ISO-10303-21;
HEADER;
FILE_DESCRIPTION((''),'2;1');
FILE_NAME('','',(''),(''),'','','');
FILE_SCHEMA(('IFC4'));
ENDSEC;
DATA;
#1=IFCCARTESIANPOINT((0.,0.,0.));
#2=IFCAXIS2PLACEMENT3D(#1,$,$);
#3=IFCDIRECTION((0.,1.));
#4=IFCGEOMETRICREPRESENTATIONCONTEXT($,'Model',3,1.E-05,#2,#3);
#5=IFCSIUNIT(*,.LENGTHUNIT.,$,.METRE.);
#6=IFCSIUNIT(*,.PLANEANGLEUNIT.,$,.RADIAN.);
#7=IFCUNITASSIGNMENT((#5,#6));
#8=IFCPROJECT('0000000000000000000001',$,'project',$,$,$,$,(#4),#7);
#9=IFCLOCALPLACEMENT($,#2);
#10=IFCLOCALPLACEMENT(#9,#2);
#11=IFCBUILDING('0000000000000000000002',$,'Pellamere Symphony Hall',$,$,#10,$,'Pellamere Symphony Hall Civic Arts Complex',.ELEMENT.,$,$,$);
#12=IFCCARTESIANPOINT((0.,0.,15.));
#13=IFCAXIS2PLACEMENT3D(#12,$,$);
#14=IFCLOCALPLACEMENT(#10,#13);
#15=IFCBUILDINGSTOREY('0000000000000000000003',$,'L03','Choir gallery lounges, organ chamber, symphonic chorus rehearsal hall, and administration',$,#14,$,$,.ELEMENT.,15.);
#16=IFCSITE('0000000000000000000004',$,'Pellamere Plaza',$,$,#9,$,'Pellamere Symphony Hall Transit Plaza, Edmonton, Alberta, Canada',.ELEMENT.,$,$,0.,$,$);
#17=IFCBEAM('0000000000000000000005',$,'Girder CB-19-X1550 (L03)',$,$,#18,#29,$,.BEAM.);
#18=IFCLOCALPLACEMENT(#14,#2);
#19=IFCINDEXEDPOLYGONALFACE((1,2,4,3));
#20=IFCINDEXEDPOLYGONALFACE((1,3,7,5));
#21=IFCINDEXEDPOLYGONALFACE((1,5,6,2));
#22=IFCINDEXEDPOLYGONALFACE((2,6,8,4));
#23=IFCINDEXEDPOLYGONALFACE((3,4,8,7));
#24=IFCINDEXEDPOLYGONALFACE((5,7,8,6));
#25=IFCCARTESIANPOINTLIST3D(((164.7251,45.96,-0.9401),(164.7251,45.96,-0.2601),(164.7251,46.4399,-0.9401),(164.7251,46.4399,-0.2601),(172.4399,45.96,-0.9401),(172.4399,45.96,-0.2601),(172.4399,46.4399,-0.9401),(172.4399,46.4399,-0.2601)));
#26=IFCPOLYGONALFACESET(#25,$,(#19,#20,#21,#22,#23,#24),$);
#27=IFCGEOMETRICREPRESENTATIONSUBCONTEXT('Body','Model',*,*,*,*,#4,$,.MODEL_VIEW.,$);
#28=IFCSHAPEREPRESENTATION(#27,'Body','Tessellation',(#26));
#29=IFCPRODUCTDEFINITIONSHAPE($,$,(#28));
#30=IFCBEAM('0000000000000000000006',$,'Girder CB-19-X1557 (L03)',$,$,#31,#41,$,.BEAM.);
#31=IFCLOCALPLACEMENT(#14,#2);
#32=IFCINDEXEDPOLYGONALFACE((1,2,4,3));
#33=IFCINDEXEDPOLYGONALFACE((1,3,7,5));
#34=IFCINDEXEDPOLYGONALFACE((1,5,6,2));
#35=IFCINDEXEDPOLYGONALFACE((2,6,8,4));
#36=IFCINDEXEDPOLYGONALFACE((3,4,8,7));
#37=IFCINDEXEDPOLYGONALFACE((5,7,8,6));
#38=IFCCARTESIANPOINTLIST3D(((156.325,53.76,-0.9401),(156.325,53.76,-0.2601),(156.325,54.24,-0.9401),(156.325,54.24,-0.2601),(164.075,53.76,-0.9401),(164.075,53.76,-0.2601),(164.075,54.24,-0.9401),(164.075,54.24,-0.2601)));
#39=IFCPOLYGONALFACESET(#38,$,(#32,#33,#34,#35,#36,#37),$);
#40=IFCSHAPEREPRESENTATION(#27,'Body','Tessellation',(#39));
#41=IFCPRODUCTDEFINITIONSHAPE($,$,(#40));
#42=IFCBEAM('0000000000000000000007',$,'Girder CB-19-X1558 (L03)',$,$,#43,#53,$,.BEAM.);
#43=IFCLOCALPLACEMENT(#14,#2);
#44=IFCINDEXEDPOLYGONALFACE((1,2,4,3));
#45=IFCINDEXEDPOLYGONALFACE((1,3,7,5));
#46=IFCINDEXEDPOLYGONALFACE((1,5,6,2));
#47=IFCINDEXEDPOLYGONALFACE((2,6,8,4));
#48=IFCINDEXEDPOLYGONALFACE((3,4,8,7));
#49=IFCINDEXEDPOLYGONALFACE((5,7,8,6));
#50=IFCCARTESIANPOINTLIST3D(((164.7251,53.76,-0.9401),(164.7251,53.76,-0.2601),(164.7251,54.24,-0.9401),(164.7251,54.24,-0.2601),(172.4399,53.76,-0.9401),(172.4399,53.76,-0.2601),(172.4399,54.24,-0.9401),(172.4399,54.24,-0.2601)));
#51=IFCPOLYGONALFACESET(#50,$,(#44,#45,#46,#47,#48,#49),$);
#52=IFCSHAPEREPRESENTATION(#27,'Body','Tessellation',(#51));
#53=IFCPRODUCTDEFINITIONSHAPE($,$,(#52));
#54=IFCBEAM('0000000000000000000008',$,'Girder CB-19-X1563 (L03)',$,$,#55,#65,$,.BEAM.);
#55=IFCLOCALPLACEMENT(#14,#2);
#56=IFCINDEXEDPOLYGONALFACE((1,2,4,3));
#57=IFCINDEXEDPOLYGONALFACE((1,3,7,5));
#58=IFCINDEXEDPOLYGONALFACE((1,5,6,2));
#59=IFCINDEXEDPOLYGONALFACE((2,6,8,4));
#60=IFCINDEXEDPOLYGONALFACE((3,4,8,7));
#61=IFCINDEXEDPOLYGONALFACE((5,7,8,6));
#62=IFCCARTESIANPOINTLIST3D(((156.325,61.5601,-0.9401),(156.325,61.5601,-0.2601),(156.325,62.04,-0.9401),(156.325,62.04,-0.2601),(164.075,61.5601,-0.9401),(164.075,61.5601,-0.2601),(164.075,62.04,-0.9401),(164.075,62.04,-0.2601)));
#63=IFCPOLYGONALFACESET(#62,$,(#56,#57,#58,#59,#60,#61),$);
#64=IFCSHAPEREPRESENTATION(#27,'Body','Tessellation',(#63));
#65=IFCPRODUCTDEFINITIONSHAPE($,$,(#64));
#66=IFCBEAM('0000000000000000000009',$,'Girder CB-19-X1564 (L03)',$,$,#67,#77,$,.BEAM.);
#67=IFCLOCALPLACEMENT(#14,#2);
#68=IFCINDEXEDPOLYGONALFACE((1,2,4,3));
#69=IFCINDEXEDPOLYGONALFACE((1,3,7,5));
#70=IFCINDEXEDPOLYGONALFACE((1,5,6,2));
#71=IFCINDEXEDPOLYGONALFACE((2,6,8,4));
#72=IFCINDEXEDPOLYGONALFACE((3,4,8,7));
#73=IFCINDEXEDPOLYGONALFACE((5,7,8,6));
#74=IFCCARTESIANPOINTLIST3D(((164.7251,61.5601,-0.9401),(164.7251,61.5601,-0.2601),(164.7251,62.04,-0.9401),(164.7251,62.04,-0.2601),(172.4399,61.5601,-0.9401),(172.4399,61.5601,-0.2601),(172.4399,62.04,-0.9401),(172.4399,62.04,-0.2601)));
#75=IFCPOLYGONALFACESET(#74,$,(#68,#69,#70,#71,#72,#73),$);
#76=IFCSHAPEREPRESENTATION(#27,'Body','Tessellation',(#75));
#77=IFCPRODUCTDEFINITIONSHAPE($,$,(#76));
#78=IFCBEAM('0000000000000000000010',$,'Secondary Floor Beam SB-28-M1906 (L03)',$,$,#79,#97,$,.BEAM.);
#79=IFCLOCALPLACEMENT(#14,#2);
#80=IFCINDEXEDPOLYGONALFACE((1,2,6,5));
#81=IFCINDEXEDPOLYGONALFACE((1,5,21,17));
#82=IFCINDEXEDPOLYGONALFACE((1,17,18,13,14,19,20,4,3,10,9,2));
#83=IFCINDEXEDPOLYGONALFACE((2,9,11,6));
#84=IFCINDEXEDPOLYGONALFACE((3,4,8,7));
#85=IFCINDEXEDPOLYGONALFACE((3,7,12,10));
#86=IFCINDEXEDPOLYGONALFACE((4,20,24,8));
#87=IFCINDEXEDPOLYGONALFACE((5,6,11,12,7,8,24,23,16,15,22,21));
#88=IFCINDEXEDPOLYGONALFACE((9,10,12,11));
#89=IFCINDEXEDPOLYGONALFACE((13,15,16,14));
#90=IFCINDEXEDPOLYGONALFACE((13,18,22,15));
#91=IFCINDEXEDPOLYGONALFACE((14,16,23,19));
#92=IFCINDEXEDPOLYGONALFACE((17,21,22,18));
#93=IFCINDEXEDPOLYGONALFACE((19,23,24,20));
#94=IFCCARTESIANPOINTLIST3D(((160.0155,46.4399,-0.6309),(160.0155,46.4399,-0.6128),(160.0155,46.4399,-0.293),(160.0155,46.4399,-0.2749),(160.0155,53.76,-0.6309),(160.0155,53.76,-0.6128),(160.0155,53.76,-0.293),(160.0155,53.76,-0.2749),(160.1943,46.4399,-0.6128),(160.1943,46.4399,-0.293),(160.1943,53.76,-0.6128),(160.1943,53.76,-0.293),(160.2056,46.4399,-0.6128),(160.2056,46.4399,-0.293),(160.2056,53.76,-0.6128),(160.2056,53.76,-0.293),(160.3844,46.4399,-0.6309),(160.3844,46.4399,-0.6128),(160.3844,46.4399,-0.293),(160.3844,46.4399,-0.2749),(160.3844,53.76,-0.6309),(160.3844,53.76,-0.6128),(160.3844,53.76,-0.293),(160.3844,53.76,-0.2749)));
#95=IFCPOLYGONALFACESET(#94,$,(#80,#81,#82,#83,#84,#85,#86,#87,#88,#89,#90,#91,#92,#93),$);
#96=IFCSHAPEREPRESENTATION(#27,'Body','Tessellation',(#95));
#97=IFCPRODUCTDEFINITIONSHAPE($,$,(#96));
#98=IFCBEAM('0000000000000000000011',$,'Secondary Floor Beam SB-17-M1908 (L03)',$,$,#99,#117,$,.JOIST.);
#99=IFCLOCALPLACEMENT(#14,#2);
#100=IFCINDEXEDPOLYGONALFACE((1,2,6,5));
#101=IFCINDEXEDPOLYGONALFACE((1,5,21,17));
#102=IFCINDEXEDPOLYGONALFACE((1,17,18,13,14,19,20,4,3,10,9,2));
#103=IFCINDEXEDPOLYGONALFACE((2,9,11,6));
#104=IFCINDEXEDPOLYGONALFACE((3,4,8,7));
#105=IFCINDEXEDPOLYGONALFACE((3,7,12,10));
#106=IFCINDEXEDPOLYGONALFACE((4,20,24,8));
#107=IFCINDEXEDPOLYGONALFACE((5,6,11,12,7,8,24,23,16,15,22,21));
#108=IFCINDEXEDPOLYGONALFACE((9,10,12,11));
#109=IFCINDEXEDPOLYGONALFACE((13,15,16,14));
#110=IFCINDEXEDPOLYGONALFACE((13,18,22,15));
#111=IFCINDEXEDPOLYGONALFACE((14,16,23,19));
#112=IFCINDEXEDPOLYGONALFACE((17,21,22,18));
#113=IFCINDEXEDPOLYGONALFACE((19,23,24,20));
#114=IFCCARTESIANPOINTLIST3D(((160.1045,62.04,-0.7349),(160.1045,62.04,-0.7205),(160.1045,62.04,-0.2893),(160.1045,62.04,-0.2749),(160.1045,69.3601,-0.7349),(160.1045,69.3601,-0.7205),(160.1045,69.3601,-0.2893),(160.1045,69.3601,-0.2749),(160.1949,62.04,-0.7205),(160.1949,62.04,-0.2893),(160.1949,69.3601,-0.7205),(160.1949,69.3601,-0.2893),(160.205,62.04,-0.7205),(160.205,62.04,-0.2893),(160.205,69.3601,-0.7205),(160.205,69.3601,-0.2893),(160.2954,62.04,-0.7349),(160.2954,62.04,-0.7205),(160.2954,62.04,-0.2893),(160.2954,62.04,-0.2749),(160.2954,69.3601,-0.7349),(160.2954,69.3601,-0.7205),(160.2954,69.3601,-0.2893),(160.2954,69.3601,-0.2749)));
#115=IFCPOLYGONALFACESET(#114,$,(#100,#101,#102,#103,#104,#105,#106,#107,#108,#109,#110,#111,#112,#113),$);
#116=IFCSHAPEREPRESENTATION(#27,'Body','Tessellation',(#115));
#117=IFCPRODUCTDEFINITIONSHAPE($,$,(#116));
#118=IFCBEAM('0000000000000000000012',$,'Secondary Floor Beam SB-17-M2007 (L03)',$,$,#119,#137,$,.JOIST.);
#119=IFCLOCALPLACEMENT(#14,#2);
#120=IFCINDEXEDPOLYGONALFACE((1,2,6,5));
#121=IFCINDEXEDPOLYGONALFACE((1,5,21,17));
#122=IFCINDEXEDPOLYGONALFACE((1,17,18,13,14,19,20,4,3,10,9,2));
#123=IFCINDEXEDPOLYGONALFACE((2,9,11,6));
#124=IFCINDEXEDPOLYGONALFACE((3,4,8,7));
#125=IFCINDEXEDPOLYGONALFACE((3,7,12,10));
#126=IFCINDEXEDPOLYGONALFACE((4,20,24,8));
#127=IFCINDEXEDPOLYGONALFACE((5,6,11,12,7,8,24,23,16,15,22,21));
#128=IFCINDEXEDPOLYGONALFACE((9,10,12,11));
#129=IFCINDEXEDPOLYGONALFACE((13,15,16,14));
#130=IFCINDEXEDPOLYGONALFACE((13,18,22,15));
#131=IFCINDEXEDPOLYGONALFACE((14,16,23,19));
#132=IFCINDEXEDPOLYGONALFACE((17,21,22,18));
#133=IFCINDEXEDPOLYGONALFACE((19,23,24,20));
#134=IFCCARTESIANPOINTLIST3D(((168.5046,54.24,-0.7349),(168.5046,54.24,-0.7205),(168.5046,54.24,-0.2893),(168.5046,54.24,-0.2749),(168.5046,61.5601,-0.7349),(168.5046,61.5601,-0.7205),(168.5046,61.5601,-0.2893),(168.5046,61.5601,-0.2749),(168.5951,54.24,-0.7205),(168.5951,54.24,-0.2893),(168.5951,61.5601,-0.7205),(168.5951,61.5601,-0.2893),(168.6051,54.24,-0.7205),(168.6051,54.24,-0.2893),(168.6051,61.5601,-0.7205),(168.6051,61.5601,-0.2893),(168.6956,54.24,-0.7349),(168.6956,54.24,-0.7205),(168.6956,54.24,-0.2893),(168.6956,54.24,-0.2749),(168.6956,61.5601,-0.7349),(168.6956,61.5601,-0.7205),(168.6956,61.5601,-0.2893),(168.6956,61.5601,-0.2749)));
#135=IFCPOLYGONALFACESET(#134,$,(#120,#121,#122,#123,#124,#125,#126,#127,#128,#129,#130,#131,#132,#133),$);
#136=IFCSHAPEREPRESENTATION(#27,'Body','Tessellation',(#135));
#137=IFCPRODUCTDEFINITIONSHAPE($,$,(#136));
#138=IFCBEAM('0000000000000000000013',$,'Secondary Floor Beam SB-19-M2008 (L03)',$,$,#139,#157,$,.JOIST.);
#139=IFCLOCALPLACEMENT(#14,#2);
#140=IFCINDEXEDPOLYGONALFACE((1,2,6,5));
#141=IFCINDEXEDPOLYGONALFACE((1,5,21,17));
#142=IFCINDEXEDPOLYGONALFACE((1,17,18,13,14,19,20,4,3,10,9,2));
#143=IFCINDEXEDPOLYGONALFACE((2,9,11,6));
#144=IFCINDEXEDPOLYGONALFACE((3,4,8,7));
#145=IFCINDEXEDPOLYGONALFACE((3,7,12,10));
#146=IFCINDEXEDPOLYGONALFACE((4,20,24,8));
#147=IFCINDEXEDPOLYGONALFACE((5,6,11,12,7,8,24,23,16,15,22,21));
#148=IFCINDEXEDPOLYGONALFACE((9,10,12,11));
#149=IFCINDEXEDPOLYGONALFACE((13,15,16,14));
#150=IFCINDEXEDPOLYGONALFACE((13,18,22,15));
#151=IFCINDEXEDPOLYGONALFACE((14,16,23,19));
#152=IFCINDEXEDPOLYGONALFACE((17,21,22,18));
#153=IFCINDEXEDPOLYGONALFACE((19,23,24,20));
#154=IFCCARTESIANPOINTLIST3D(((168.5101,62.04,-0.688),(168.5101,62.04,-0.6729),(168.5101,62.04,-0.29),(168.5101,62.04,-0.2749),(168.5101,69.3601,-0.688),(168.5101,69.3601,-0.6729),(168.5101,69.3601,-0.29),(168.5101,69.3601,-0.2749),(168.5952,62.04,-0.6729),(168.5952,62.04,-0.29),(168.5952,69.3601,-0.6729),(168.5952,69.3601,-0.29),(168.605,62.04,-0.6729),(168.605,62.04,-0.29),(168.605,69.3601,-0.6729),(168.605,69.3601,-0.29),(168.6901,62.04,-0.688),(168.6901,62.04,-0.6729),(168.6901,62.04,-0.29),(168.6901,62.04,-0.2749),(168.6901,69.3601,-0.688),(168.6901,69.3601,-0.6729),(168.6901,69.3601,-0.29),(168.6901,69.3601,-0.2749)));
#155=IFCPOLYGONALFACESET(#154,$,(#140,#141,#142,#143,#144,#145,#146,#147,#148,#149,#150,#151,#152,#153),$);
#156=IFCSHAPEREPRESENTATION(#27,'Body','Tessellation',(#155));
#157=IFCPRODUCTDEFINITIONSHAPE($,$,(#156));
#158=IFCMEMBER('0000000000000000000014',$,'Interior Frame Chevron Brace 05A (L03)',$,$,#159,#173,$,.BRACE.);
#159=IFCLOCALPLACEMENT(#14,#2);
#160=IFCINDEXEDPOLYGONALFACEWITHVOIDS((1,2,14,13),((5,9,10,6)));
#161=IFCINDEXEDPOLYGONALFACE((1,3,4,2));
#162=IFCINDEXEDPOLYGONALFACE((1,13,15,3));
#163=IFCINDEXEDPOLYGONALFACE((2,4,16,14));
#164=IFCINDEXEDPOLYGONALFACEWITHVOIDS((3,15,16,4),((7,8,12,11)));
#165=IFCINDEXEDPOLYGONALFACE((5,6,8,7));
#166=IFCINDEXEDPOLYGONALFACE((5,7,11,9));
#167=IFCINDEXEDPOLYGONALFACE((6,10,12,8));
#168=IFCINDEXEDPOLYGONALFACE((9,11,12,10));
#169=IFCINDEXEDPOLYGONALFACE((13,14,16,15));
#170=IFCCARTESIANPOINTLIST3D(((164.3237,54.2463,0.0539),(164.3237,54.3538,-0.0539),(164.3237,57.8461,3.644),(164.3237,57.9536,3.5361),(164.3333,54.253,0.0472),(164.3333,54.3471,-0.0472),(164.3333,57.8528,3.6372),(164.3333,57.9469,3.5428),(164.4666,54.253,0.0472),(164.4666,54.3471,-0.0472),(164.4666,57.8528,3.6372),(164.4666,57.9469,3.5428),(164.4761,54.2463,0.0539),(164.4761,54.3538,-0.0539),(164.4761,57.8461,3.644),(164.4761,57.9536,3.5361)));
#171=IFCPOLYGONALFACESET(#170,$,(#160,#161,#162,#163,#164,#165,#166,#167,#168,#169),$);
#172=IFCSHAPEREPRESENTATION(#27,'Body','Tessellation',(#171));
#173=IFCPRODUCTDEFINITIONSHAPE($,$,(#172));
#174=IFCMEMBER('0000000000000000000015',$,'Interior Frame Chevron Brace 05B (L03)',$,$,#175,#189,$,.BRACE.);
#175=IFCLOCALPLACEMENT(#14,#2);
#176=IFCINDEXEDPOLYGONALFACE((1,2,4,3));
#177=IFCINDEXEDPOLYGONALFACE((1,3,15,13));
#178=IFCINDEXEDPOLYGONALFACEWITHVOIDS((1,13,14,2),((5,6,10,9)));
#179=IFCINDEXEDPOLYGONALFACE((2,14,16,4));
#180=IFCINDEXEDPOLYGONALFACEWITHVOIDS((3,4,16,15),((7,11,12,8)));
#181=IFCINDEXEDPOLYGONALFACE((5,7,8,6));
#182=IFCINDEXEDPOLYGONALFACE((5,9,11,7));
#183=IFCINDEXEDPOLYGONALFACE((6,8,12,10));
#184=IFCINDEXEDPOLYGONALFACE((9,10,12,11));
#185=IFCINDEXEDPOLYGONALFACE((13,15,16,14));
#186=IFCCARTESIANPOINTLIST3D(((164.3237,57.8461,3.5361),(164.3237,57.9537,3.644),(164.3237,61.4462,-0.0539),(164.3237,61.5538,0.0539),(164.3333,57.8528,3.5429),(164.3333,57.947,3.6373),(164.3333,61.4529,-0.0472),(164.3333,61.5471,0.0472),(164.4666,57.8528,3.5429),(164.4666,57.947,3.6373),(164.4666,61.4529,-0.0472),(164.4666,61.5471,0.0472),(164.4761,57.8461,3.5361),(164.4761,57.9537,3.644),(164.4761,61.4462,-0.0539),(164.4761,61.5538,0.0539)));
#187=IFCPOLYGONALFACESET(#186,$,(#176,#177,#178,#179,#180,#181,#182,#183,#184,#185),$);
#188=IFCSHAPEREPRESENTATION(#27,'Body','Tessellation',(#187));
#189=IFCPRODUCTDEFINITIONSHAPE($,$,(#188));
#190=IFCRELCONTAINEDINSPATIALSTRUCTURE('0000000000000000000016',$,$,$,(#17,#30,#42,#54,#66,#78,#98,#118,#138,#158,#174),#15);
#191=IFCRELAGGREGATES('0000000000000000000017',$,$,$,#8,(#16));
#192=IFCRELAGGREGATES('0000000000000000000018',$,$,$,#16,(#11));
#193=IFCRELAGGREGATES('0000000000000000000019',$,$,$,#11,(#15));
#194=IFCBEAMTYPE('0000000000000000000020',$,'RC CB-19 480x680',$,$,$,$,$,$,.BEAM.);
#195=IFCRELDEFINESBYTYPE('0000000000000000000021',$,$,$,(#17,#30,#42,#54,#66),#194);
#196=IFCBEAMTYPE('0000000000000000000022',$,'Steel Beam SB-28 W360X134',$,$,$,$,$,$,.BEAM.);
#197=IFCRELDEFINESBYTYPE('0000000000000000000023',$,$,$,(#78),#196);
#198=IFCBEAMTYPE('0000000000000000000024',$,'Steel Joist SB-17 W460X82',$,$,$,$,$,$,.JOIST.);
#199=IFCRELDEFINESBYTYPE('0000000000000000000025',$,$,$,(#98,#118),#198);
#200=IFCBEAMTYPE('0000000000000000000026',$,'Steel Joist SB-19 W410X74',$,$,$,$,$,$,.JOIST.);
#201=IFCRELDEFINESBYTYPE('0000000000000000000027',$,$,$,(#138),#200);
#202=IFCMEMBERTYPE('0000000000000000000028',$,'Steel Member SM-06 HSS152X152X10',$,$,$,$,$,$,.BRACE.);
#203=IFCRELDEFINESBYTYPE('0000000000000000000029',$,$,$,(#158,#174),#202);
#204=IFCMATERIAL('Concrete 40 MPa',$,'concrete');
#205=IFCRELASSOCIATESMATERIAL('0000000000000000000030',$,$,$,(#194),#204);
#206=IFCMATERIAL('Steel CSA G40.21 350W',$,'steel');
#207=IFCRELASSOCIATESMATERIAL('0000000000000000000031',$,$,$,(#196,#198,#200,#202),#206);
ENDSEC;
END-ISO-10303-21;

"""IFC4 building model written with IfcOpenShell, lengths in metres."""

from ifc_helpers import new_model, si_unit, direction, frame, origin, origin_2d, place, context, subcontext, project, spatial, rectangle, hollow_rectangle, i_section, extrude, material, material_profile, profile_set, type_object, element, save


model = new_model("IFC4")

# Units and contexts
model_context = context("Model", 3, precision=1e-05, world=origin(), true_north=direction((0.0, 1.0)))
body_context = subcontext(model_context, "Body", "Model", "MODEL_VIEW")
ifc_project = project(units=[si_unit("LENGTHUNIT", "METRE"), si_unit("PLANEANGLEUNIT", "RADIAN")], contexts=[model_context])

# Site, building, storey
site_placement = place(None, origin())
site = spatial("IfcSite", under=ifc_project, at=site_placement, Name="Pellamere Plaza", LongName="Pellamere Symphony Hall Transit Plaza, Edmonton, Alberta, Canada", CompositionType="ELEMENT", RefElevation=0.0)
building_placement = place(site_placement, origin())
building = spatial("IfcBuilding", under=site, at=building_placement, Name="Pellamere Symphony Hall", LongName="Pellamere Symphony Hall Civic Arts Complex", CompositionType="ELEMENT")
storey_placement = place(building_placement, frame((0.0, 0.0, 15.0)))
storey = spatial("IfcBuildingStorey", under=building, at=storey_placement, Name="L03", Description="Choir gallery lounges, organ chamber, symphonic chorus rehearsal hall, and administration", CompositionType="ELEMENT", Elevation=15.0)

# Shared definitions
ifc_material_1 = material(Name="Concrete 40 MPa", Category="concrete")

# Beams
ifc_material_profile_1 = material_profile(ifc_material_1, rectangle(XDim=0.48, YDim=0.6799, at=origin_2d()), Name="RC 480x680")
ifc_profile_set_1 = profile_set([ifc_material_profile_1], Name="Concrete 40 MPa")
beam_type_1 = type_object("IfcBeamType", Name="RC CB-19 480x680", PredefinedType="BEAM", material=ifc_profile_set_1)
beam_1_placement = place(storey_placement, frame((164.7251, 46.2, -0.6001), z_axis=(1.0, 0.0, 0.0), x_axis=(0.0, 1.0, 0.0)))
element("IfcBeam", 1, at=beam_1_placement, inside=storey, type_object=beam_type_1, Name="Girder CB-19-X1550 (L03)", PredefinedType="BEAM", context=body_context, shape_type="SweptSolid", body=[
    extrude(rectangle(XDim=0.48, YDim=0.6799, at=origin_2d()), origin(), (0.0, 0.0, 1.0), 7.7148),
])
beam_2_placement = place(storey_placement, frame((156.325, 54.0, -0.6001), z_axis=(1.0, 0.0, 0.0), x_axis=(0.0, 1.0, 0.0)))
element("IfcBeam", 2, at=beam_2_placement, inside=storey, type_object=beam_type_1, Name="Girder CB-19-X1557 (L03)", PredefinedType="BEAM", context=body_context, shape_type="SweptSolid", body=[
    extrude(rectangle(XDim=0.48, YDim=0.6799, at=origin_2d()), origin(), (0.0, 0.0, 1.0), 7.75),
])
beam_3_placement = place(storey_placement, frame((164.7251, 54.0, -0.6001), z_axis=(1.0, 0.0, 0.0), x_axis=(0.0, 1.0, 0.0)))
element("IfcBeam", 3, at=beam_3_placement, inside=storey, type_object=beam_type_1, Name="Girder CB-19-X1558 (L03)", PredefinedType="BEAM", context=body_context, shape_type="SweptSolid", body=[
    extrude(rectangle(XDim=0.48, YDim=0.6799, at=origin_2d()), origin(), (0.0, 0.0, 1.0), 7.7148),
])
beam_4_placement = place(storey_placement, frame((156.325, 61.8, -0.6001), z_axis=(1.0, 0.0, 0.0), x_axis=(0.0, 1.0, 0.0)))
element("IfcBeam", 4, at=beam_4_placement, inside=storey, type_object=beam_type_1, Name="Girder CB-19-X1563 (L03)", PredefinedType="BEAM", context=body_context, shape_type="SweptSolid", body=[
    extrude(rectangle(XDim=0.48, YDim=0.6799, at=origin_2d()), origin(), (0.0, 0.0, 1.0), 7.75),
])
beam_5_placement = place(storey_placement, frame((164.7251, 61.8, -0.6001), z_axis=(1.0, 0.0, 0.0), x_axis=(0.0, 1.0, 0.0)))
element("IfcBeam", 5, at=beam_5_placement, inside=storey, type_object=beam_type_1, Name="Girder CB-19-X1564 (L03)", PredefinedType="BEAM", context=body_context, shape_type="SweptSolid", body=[
    extrude(rectangle(XDim=0.48, YDim=0.6799, at=origin_2d()), origin(), (0.0, 0.0, 1.0), 7.7148),
])
ifc_material_2 = material(Name="Steel CSA G40.21 350W", Category="steel")
ifc_material_profile_2 = material_profile(ifc_material_2, i_section(OverallWidth=0.3689, OverallDepth=0.356, WebThickness=0.0112, FlangeThickness=0.0181, at=origin_2d()), Name="W360X134")
ifc_profile_set_2 = profile_set([ifc_material_profile_2], Name="Steel CSA G40.21 350W")
beam_type_2 = type_object("IfcBeamType", Name="Steel Beam SB-28 W360X134", PredefinedType="BEAM", material=ifc_profile_set_2)
beam_6_placement = place(storey_placement, frame((160.2, 46.4399, -0.4529), z_axis=(0.0, 1.0, 0.0), x_axis=(-1.0, 0.0, 0.0)))
element("IfcBeam", 6, at=beam_6_placement, inside=storey, type_object=beam_type_2, Name="Secondary Floor Beam SB-28-M1906 (L03)", PredefinedType="BEAM", context=body_context, shape_type="SweptSolid", body=[
    extrude(i_section(OverallWidth=0.3689, OverallDepth=0.356, WebThickness=0.0112, FlangeThickness=0.0181, at=origin_2d()), origin(), (0.0, 0.0, 1.0), 7.3201),
])
ifc_material_profile_3 = material_profile(ifc_material_2, i_section(OverallWidth=0.1909, OverallDepth=0.46, WebThickness=0.01, FlangeThickness=0.0144, at=origin_2d()), Name="W460X82")
ifc_profile_set_3 = profile_set([ifc_material_profile_3], Name="Steel CSA G40.21 350W")
beam_type_3 = type_object("IfcBeamType", Name="Steel Joist SB-17 W460X82", PredefinedType="JOIST", material=ifc_profile_set_3)
for number, where, z_axis, x_axis, name in (
    (7, (160.2, 62.04, -0.5049), (0.0, 1.0, 0.0), (-1.0, 0.0, 0.0), "Secondary Floor Beam SB-17-M1908 (L03)"),
    (8, (168.6001, 54.24, -0.5049), (0.0, 1.0, 0.0), (-1.0, 0.0, 0.0), "Secondary Floor Beam SB-17-M2007 (L03)"),
):
    element("IfcBeam", number, at=place(storey_placement, frame(where, z_axis=z_axis, x_axis=x_axis)), inside=storey, type_object=beam_type_3, Name=name, PredefinedType="JOIST", context=body_context, shape_type="SweptSolid", body=[
        extrude(i_section(OverallWidth=0.1909, OverallDepth=0.46, WebThickness=0.01, FlangeThickness=0.0144, at=origin_2d()), origin(), (0.0, 0.0, 1.0), 7.3201),
    ])
ifc_material_profile_4 = material_profile(ifc_material_2, i_section(OverallWidth=0.1799, OverallDepth=0.4131, WebThickness=0.0098, FlangeThickness=0.0151, at=origin_2d()), Name="W410X74")
ifc_profile_set_4 = profile_set([ifc_material_profile_4], Name="Steel CSA G40.21 350W")
beam_type_4 = type_object("IfcBeamType", Name="Steel Joist SB-19 W410X74", PredefinedType="JOIST", material=ifc_profile_set_4)
beam_7_placement = place(storey_placement, frame((168.6001, 62.04, -0.4814), z_axis=(0.0, 1.0, 0.0), x_axis=(-1.0, 0.0, 0.0)))
element("IfcBeam", 9, at=beam_7_placement, inside=storey, type_object=beam_type_4, Name="Secondary Floor Beam SB-19-M2008 (L03)", PredefinedType="JOIST", context=body_context, shape_type="SweptSolid", body=[
    extrude(i_section(OverallWidth=0.1799, OverallDepth=0.4131, WebThickness=0.0098, FlangeThickness=0.0151, at=origin_2d()), origin(), (0.0, 0.0, 1.0), 7.3201),
])

# Members
ifc_material_profile_5 = material_profile(ifc_material_2, hollow_rectangle(XDim=0.1523, YDim=0.1523, WallThickness=0.0095, at=origin_2d()), Name="HSS152X152X10")
ifc_profile_set_5 = profile_set([ifc_material_profile_5], Name="Steel CSA G40.21 350W")
member_type = type_object("IfcMemberType", Name="Steel Member SM-06 HSS152X152X10", PredefinedType="BRACE", material=ifc_profile_set_5)
member_1_placement = place(storey_placement, frame((164.3999, 54.3, 0.0), z_axis=(0.0, 0.708067, 0.706146), x_axis=(-1.0, 0.0, 0.0)))
element("IfcMember", 10, at=member_1_placement, inside=storey, type_object=member_type, Name="Interior Frame Chevron Brace 05A (L03)", PredefinedType="BRACE", context=body_context, shape_type="SweptSolid", body=[
    extrude(hollow_rectangle(XDim=0.1523, YDim=0.1523, WallThickness=0.0095, at=origin_2d()), origin(), (0.0, 0.0, 1.0), 5.084),
])
member_2_placement = place(storey_placement, frame((164.3999, 61.5, 0.0), z_axis=(0.0, -0.70809, 0.706122), x_axis=(1.0, 0.0, 0.0)))
element("IfcMember", 11, at=member_2_placement, inside=storey, type_object=member_type, Name="Interior Frame Chevron Brace 05B (L03)", PredefinedType="BRACE", context=body_context, shape_type="SweptSolid", body=[
    extrude(hollow_rectangle(XDim=0.1523, YDim=0.1523, WallThickness=0.0095, at=origin_2d()), origin(), (0.0, 0.0, 1.0), 5.0842),
])

save(model, "model.ifc")
